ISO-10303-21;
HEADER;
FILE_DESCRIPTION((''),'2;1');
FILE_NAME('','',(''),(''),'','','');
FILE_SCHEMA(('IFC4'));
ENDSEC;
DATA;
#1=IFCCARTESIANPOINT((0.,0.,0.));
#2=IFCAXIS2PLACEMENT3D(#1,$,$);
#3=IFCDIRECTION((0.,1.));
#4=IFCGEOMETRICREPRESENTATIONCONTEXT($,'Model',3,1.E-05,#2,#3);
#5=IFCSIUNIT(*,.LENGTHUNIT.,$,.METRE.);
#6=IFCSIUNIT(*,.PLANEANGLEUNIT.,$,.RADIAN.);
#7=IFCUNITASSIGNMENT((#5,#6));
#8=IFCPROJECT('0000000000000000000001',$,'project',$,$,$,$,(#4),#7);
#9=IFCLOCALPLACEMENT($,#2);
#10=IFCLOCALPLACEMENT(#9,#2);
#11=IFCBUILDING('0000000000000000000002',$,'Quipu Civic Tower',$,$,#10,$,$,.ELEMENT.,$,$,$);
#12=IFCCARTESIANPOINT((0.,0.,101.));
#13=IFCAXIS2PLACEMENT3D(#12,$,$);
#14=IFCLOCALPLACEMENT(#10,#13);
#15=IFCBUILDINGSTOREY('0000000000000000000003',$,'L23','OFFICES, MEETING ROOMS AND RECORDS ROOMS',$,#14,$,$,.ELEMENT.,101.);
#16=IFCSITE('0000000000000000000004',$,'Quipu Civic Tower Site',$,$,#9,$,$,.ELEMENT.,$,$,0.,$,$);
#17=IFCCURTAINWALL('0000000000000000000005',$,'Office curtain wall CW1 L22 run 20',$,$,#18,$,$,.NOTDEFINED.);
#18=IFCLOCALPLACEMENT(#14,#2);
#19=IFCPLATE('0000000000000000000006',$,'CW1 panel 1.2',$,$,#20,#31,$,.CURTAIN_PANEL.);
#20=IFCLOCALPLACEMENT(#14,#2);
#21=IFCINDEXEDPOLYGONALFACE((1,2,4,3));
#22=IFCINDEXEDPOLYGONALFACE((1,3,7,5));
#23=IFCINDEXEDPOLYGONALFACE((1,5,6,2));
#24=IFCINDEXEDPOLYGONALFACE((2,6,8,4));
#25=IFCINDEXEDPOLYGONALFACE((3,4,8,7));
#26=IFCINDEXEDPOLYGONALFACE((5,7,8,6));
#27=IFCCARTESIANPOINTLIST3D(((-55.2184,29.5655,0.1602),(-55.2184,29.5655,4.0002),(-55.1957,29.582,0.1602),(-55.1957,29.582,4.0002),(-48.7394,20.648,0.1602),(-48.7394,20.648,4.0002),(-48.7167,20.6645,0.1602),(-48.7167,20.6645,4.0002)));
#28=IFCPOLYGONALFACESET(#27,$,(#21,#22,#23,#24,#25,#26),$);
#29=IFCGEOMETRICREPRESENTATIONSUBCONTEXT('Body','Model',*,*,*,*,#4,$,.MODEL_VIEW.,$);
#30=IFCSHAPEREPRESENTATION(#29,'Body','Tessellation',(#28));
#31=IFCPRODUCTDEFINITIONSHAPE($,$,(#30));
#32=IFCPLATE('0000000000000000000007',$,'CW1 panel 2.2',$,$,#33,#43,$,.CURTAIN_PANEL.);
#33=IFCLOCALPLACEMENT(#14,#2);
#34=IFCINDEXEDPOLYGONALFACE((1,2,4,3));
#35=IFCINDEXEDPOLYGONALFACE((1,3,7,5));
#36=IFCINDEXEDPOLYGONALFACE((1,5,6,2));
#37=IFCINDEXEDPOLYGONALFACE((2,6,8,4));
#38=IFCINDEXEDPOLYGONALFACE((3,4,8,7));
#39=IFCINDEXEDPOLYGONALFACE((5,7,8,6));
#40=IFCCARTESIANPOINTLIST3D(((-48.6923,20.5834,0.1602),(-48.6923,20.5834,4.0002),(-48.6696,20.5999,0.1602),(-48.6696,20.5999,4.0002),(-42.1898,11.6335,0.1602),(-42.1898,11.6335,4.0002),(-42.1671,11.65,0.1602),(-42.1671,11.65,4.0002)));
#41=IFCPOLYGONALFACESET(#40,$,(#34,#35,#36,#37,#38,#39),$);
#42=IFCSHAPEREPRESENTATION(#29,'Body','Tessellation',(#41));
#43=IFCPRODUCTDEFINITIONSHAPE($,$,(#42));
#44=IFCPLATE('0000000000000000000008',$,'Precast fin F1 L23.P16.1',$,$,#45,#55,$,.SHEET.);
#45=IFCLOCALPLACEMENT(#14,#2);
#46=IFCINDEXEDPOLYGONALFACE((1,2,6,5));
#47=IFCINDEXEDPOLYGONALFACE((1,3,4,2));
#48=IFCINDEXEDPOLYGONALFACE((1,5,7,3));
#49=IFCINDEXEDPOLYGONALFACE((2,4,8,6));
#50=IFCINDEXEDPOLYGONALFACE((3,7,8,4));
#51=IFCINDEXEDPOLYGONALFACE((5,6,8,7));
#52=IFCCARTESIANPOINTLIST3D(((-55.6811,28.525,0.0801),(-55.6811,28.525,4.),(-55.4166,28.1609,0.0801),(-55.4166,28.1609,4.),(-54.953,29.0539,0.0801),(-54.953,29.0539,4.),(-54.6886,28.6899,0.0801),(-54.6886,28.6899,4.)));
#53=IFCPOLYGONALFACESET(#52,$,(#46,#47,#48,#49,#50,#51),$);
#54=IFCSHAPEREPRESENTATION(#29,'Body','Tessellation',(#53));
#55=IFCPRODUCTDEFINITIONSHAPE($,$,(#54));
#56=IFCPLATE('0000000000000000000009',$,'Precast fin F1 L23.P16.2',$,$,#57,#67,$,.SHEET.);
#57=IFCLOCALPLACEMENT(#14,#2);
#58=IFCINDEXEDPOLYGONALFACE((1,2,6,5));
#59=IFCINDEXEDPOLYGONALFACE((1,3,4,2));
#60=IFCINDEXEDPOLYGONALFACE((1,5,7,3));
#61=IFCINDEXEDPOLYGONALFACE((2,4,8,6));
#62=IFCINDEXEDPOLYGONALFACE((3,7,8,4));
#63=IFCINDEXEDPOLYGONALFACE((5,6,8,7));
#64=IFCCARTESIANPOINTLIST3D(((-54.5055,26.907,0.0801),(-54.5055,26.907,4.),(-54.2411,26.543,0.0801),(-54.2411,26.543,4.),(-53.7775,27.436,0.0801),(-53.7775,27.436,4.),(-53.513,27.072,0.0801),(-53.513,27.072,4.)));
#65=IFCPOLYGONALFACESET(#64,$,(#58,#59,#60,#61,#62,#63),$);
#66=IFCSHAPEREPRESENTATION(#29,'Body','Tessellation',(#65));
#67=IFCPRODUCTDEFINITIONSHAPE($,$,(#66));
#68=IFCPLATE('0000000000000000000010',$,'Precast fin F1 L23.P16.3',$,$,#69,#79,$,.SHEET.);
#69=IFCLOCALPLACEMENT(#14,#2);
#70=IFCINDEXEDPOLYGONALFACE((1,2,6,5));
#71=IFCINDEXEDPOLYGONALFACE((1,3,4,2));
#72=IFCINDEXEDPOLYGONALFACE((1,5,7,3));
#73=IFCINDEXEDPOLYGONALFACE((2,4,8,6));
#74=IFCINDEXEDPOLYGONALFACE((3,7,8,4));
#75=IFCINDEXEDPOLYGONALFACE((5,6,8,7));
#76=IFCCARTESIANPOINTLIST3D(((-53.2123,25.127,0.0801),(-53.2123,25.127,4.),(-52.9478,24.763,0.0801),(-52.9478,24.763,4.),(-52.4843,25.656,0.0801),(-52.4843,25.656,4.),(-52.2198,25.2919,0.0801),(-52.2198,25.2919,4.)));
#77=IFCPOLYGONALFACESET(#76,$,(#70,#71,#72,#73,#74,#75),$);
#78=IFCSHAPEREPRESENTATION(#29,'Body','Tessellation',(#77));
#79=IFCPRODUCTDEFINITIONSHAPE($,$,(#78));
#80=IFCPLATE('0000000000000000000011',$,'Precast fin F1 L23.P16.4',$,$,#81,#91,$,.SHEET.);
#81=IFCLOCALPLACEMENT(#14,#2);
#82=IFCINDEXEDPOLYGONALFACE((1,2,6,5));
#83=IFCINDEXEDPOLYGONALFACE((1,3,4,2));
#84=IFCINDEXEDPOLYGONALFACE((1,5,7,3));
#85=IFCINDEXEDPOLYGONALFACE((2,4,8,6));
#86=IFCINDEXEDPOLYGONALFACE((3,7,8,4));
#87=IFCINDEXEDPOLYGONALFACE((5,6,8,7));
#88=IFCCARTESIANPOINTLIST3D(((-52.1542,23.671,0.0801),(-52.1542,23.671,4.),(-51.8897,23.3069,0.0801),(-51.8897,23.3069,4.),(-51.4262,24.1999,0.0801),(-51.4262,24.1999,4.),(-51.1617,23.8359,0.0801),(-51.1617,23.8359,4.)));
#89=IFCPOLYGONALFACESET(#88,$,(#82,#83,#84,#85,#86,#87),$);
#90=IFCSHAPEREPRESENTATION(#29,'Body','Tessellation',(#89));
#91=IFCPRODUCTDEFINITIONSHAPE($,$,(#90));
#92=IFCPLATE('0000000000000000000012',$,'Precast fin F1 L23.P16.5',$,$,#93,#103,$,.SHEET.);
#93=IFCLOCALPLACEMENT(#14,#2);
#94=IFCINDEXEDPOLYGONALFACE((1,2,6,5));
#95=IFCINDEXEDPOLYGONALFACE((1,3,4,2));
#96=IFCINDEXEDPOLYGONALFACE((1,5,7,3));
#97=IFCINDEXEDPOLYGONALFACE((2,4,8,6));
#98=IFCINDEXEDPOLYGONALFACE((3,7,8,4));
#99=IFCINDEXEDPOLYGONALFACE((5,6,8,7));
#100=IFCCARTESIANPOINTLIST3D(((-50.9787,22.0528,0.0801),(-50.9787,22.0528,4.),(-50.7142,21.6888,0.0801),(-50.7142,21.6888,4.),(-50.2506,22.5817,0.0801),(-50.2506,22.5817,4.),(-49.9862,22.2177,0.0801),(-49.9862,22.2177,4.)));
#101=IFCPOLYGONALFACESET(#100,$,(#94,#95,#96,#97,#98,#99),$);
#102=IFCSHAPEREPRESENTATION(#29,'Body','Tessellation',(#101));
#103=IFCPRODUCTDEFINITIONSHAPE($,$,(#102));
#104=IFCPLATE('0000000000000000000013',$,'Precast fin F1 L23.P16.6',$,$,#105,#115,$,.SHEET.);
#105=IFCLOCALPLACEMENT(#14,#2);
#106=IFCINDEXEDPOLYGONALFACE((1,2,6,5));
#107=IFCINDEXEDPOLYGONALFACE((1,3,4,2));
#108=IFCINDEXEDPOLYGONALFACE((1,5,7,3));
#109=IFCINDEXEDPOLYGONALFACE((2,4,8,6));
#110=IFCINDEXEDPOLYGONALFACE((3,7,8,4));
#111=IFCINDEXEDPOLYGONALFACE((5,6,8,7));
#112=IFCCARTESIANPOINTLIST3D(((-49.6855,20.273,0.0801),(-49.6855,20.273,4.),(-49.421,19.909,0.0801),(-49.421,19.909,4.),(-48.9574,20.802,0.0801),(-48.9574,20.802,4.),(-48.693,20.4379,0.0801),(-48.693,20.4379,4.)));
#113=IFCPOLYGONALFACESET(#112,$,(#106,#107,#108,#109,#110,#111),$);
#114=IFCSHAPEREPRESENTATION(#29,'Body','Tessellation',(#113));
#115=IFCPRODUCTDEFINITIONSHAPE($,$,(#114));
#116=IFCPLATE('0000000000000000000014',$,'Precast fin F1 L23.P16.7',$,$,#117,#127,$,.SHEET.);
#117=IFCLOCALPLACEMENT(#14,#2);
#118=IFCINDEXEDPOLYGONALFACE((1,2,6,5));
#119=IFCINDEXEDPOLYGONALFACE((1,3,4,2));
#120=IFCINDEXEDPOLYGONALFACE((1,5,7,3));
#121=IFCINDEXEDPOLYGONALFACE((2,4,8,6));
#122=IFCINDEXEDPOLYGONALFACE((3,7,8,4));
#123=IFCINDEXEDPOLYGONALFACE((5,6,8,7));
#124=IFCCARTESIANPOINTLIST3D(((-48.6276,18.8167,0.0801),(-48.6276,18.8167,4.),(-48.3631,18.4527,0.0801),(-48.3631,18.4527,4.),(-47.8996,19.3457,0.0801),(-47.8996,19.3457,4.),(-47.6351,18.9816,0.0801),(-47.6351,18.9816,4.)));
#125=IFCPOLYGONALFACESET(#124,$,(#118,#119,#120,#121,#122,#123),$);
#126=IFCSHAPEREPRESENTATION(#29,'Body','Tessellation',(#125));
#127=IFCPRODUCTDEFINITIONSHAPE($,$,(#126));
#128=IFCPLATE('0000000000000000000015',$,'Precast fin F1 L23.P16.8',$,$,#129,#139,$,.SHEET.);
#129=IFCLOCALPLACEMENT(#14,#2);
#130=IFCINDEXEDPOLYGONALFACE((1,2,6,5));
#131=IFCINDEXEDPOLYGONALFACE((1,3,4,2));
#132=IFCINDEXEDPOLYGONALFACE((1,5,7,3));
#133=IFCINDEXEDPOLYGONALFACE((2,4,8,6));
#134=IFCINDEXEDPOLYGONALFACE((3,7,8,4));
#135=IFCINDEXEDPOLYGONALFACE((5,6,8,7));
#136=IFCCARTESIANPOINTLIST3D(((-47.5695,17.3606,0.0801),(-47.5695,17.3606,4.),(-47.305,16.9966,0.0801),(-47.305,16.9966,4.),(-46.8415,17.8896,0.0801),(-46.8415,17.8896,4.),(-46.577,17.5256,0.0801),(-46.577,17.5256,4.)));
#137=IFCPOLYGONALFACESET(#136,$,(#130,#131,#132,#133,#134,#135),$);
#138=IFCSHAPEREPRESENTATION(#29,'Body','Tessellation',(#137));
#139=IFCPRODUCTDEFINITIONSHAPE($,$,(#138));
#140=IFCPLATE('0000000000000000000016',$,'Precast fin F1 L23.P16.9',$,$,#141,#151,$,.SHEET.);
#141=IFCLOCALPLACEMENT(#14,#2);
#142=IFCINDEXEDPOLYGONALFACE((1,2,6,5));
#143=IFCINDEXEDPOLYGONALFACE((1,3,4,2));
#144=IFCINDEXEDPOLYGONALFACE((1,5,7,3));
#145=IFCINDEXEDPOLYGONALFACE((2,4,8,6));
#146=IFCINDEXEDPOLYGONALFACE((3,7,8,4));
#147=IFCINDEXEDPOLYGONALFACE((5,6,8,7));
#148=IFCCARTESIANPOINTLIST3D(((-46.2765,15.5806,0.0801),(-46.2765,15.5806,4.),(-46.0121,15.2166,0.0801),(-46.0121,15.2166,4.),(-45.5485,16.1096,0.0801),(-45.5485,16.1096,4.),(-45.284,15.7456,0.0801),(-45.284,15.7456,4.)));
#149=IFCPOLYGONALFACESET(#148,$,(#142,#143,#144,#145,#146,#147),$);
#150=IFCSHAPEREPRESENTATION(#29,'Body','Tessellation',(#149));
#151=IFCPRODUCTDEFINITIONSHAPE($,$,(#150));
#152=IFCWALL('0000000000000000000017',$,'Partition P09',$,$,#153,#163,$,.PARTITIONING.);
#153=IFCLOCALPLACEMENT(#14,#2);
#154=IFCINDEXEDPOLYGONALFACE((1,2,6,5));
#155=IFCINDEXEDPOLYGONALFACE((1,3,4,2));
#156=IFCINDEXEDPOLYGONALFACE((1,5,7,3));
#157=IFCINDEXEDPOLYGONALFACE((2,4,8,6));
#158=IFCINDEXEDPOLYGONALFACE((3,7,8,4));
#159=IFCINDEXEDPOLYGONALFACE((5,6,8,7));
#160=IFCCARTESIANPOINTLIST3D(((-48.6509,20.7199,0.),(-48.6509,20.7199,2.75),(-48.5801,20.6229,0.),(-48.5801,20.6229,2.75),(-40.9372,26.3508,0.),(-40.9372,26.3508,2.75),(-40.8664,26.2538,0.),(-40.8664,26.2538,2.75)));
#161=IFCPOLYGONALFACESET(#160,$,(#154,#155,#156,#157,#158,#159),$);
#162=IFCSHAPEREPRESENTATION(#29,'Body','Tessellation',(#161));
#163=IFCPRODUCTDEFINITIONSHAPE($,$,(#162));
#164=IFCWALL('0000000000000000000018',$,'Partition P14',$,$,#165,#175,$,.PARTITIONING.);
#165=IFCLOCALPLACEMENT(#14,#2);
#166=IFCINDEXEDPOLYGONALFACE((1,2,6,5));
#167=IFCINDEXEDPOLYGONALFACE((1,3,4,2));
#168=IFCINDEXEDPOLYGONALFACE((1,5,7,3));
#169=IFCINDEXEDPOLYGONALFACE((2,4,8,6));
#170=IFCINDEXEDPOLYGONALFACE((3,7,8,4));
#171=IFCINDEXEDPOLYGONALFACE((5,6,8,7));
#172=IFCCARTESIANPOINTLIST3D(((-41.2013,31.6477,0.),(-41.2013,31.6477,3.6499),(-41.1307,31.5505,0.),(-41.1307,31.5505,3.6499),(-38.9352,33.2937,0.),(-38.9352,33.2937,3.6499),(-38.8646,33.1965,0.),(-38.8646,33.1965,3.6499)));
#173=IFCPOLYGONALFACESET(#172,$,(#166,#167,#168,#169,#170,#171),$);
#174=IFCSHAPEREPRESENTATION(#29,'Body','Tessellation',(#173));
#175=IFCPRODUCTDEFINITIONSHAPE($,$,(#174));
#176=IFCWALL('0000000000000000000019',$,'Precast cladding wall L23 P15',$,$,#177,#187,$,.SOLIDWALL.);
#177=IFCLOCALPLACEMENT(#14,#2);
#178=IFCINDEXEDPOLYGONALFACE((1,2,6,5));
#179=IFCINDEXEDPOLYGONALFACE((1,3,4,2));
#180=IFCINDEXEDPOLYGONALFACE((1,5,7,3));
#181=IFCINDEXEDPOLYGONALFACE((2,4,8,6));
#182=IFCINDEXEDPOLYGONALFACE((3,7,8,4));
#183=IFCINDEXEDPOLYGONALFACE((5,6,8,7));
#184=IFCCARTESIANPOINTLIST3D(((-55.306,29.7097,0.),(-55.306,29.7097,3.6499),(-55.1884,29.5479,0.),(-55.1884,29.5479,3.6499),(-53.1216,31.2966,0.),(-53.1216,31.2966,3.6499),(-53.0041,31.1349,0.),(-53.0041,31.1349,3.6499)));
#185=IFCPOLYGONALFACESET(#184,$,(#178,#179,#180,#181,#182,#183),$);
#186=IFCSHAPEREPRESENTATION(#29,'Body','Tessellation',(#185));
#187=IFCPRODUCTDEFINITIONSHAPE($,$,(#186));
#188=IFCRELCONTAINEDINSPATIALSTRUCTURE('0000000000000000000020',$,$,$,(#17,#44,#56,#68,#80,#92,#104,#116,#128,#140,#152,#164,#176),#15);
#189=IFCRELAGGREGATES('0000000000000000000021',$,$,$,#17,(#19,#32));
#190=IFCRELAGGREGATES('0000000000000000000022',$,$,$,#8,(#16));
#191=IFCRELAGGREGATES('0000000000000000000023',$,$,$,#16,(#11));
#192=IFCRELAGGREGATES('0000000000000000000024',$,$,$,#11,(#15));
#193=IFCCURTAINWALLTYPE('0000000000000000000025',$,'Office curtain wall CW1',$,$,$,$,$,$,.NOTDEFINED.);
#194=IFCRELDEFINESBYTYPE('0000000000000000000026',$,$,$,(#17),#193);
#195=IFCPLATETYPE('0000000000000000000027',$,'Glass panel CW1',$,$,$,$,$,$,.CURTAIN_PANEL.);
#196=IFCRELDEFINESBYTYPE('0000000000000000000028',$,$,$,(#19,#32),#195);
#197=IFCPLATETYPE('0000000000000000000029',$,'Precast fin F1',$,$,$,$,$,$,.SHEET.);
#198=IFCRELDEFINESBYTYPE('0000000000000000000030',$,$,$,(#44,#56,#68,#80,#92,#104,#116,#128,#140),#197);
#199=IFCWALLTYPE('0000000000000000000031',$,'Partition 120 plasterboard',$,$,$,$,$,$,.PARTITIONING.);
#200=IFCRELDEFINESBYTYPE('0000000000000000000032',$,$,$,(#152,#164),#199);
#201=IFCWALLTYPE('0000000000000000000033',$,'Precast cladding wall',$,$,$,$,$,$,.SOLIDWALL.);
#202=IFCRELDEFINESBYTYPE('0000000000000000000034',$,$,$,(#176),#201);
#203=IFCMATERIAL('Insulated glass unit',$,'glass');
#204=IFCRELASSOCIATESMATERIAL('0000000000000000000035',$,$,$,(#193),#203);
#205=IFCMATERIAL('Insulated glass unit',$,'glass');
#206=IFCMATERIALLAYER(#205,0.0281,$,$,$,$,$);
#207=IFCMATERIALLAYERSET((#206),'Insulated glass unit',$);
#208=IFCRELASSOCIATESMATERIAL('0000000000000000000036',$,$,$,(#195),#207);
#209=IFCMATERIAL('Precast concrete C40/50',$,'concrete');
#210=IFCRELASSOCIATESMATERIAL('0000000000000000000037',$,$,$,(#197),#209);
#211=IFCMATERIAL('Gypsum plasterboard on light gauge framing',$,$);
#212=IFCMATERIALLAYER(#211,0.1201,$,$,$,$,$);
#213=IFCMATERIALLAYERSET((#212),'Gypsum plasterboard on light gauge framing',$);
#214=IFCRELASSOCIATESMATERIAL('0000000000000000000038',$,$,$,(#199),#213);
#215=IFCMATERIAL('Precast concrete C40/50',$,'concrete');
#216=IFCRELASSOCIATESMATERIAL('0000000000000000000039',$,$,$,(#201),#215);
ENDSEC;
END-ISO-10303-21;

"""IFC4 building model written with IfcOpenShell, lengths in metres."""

from ifc_helpers import new_model, si_unit, direction, frame, frame_2d, origin, origin_2d, place, context, subcontext, project, spatial, rectangle, extrude, material, layer, layer_set, type_object, element, aggregate, save


model = new_model("IFC4")

# Units and contexts
model_context = context("Model", 3, precision=1e-05, world=origin(), true_north=direction((0.0, 1.0)))
body_context = subcontext(model_context, "Body", "Model", "MODEL_VIEW")
ifc_project = project(units=[si_unit("LENGTHUNIT", "METRE"), si_unit("PLANEANGLEUNIT", "RADIAN")], contexts=[model_context])

# Site, building, storey
site_placement = place(None, origin())
site = spatial("IfcSite", under=ifc_project, at=site_placement, Name="Quipu Civic Tower Site", CompositionType="ELEMENT", RefElevation=0.0)
building_placement = place(site_placement, origin())
building = spatial("IfcBuilding", under=site, at=building_placement, Name="Quipu Civic Tower", CompositionType="ELEMENT")
storey_placement = place(building_placement, frame((0.0, 0.0, 101.0)))
storey = spatial("IfcBuildingStorey", under=building, at=storey_placement, Name="L23", Description="OFFICES, MEETING ROOMS AND RECORDS ROOMS", CompositionType="ELEMENT", Elevation=101.0)

# Curtain wall
ifc_material_1 = material(Name="Insulated glass unit", Category="glass")
curtain_wall_type = type_object("IfcCurtainWallType", Name="Office curtain wall CW1", PredefinedType="NOTDEFINED", material=ifc_material_1)
curtain_wall_placement = place(storey_placement, origin())
curtain_wall = element("IfcCurtainWall", 1, at=curtain_wall_placement, inside=storey, type_object=curtain_wall_type, Name="Office curtain wall CW1 L22 run 20", PredefinedType="NOTDEFINED")

# Plates
ifc_material_2 = material(Name="Insulated glass unit", Category="glass")
ifc_layer_1 = layer(ifc_material_2, 0.0281)
ifc_layer_set_1 = layer_set([ifc_layer_1], Name="Insulated glass unit")
plate_type_1 = type_object("IfcPlateType", Name="Glass panel CW1", PredefinedType="CURTAIN_PANEL", material=ifc_layer_set_1)
plate_1_placement = place(storey_placement, frame((-51.9675, 25.115, 0.1602), z_axis=(0.0, 0.0, 1.0), x_axis=(0.587786, -0.809017, 0.0)))
plate_1 = element("IfcPlate", 2, at=plate_1_placement, type_object=plate_type_1, Name="CW1 panel 1.2", PredefinedType="CURTAIN_PANEL", context=body_context, shape_type="SweptSolid", body=[
    extrude(rectangle(XDim=11.0227, YDim=0.0281, at=origin_2d()), origin(), (0.0, 0.0, 1.0), 3.8401),
])
plate_2_placement = place(storey_placement, frame((-45.4297, 16.1167, 0.1602), z_axis=(0.0, 0.0, 1.0), x_axis=(0.587786, -0.809017, 0.0)))
plate_2 = element("IfcPlate", 3, at=plate_2_placement, type_object=plate_type_1, Name="CW1 panel 2.2", PredefinedType="CURTAIN_PANEL", context=body_context, shape_type="SweptSolid", body=[
    extrude(rectangle(XDim=11.0627, YDim=0.0281, at=origin_2d()), origin(), (0.0, 0.0, 1.0), 3.8401),
])
aggregate(curtain_wall, [plate_1, plate_2])

# Plates
ifc_material_3 = material(Name="Precast concrete C40/50", Category="concrete")
plate_type_2 = type_object("IfcPlateType", Name="Precast fin F1", PredefinedType="SHEET", material=ifc_material_3)
for number, where, z_axis, x_axis, name in (
    (4, (-55.1848, 28.6074, 0.0801), (0.0, 0.0, 1.0), (0.587786, -0.809017, 0.0), "Precast fin F1 L23.P16.1"),
    (5, (-54.0093, 26.9895, 0.0801), (0.0, 0.0, 1.0), (0.587786, -0.809017, 0.0), "Precast fin F1 L23.P16.2"),
    (6, (-52.7161, 25.2095, 0.0801), (0.0, 0.0, 1.0), (0.587786, -0.809017, 0.0), "Precast fin F1 L23.P16.3"),
    (7, (-51.658, 23.7534, 0.0801), (0.0, 0.0, 1.0), (0.587786, -0.809017, 0.0), "Precast fin F1 L23.P16.4"),
    (8, (-50.4824, 22.1353, 0.0801), (0.0, 0.0, 1.0), (0.587786, -0.809017, 0.0), "Precast fin F1 L23.P16.5"),
    (9, (-49.1892, 20.3555, 0.0801), (0.0, 0.0, 1.0), (0.587786, -0.809017, 0.0), "Precast fin F1 L23.P16.6"),
    (10, (-48.1313, 18.8992, 0.0801), (0.0, 0.0, 1.0), (0.587786, -0.809017, 0.0), "Precast fin F1 L23.P16.7"),
    (11, (-47.0732, 17.4431, 0.0801), (0.0, 0.0, 1.0), (0.587786, -0.809017, 0.0), "Precast fin F1 L23.P16.8"),
    (12, (-45.7803, 15.6631, 0.0801), (0.0, 0.0, 1.0), (0.587786, -0.809017, 0.0), "Precast fin F1 L23.P16.9"),
):
    element("IfcPlate", number, at=place(storey_placement, frame(where, z_axis=z_axis, x_axis=x_axis)), inside=storey, type_object=plate_type_2, Name=name, PredefinedType="SHEET", context=body_context, shape_type="SweptSolid", body=[
        extrude(rectangle(XDim=0.45, YDim=0.8999, at=origin_2d()), origin(), (0.0, 0.0, 1.0), 3.9199),
    ])

# Walls
ifc_material_4 = material(Name="Gypsum plasterboard on light gauge framing")
ifc_layer_2 = layer(ifc_material_4, 0.1201)
ifc_layer_set_2 = layer_set([ifc_layer_2], Name="Gypsum plasterboard on light gauge framing")
wall_type_1 = type_object("IfcWallType", Name="Partition 120 plasterboard", PredefinedType="PARTITIONING", material=ifc_layer_set_2)
wall_1_placement = place(storey_placement, frame((-48.6155, 20.6714, 0.0), z_axis=(0.0, 0.0, 1.0), x_axis=(0.807691, 0.589606, 0.0)))
element("IfcWall", 13, at=wall_1_placement, inside=storey, type_object=wall_type_1, Name="Partition P09", PredefinedType="PARTITIONING", context=body_context, shape_type="SweptSolid", body=[
    extrude(rectangle(XDim=9.5503, YDim=0.1201, at=frame_2d((4.7751, 0.0))), origin(), (0.0, 0.0, 1.0), 2.75),
])
wall_2_placement = place(storey_placement, frame((-41.166, 31.5991, 0.0), z_axis=(0.0, 0.0, 1.0), x_axis=(0.80909, 0.587684, 0.0)))
element("IfcWall", 14, at=wall_2_placement, inside=storey, type_object=wall_type_1, Name="Partition P14", PredefinedType="PARTITIONING", context=body_context, shape_type="SweptSolid", body=[
    extrude(rectangle(XDim=2.8008, YDim=0.1201, at=frame_2d((1.4004, 0.0))), origin(), (0.0, 0.0, 1.0), 3.6499),
])
ifc_material_5 = material(Name="Precast concrete C40/50", Category="concrete")
wall_type_2 = type_object("IfcWallType", Name="Precast cladding wall", PredefinedType="SOLIDWALL", material=ifc_material_5)
wall_3_placement = place(storey_placement, frame((-53.0627, 31.2158, 0.0), z_axis=(0.0, 0.0, 1.0), x_axis=(-0.809033, -0.587763, 0.0)))
element("IfcWall", 15, at=wall_3_placement, inside=storey, type_object=wall_type_2, Name="Precast cladding wall L23 P15", PredefinedType="SOLIDWALL", context=body_context, shape_type="SweptSolid", body=[
    extrude(rectangle(XDim=2.7, YDim=0.2, at=frame_2d((1.3501, 0.0))), origin(), (0.0, 0.0, 1.0), 3.6499),
])

save(model, "model.ifc")
